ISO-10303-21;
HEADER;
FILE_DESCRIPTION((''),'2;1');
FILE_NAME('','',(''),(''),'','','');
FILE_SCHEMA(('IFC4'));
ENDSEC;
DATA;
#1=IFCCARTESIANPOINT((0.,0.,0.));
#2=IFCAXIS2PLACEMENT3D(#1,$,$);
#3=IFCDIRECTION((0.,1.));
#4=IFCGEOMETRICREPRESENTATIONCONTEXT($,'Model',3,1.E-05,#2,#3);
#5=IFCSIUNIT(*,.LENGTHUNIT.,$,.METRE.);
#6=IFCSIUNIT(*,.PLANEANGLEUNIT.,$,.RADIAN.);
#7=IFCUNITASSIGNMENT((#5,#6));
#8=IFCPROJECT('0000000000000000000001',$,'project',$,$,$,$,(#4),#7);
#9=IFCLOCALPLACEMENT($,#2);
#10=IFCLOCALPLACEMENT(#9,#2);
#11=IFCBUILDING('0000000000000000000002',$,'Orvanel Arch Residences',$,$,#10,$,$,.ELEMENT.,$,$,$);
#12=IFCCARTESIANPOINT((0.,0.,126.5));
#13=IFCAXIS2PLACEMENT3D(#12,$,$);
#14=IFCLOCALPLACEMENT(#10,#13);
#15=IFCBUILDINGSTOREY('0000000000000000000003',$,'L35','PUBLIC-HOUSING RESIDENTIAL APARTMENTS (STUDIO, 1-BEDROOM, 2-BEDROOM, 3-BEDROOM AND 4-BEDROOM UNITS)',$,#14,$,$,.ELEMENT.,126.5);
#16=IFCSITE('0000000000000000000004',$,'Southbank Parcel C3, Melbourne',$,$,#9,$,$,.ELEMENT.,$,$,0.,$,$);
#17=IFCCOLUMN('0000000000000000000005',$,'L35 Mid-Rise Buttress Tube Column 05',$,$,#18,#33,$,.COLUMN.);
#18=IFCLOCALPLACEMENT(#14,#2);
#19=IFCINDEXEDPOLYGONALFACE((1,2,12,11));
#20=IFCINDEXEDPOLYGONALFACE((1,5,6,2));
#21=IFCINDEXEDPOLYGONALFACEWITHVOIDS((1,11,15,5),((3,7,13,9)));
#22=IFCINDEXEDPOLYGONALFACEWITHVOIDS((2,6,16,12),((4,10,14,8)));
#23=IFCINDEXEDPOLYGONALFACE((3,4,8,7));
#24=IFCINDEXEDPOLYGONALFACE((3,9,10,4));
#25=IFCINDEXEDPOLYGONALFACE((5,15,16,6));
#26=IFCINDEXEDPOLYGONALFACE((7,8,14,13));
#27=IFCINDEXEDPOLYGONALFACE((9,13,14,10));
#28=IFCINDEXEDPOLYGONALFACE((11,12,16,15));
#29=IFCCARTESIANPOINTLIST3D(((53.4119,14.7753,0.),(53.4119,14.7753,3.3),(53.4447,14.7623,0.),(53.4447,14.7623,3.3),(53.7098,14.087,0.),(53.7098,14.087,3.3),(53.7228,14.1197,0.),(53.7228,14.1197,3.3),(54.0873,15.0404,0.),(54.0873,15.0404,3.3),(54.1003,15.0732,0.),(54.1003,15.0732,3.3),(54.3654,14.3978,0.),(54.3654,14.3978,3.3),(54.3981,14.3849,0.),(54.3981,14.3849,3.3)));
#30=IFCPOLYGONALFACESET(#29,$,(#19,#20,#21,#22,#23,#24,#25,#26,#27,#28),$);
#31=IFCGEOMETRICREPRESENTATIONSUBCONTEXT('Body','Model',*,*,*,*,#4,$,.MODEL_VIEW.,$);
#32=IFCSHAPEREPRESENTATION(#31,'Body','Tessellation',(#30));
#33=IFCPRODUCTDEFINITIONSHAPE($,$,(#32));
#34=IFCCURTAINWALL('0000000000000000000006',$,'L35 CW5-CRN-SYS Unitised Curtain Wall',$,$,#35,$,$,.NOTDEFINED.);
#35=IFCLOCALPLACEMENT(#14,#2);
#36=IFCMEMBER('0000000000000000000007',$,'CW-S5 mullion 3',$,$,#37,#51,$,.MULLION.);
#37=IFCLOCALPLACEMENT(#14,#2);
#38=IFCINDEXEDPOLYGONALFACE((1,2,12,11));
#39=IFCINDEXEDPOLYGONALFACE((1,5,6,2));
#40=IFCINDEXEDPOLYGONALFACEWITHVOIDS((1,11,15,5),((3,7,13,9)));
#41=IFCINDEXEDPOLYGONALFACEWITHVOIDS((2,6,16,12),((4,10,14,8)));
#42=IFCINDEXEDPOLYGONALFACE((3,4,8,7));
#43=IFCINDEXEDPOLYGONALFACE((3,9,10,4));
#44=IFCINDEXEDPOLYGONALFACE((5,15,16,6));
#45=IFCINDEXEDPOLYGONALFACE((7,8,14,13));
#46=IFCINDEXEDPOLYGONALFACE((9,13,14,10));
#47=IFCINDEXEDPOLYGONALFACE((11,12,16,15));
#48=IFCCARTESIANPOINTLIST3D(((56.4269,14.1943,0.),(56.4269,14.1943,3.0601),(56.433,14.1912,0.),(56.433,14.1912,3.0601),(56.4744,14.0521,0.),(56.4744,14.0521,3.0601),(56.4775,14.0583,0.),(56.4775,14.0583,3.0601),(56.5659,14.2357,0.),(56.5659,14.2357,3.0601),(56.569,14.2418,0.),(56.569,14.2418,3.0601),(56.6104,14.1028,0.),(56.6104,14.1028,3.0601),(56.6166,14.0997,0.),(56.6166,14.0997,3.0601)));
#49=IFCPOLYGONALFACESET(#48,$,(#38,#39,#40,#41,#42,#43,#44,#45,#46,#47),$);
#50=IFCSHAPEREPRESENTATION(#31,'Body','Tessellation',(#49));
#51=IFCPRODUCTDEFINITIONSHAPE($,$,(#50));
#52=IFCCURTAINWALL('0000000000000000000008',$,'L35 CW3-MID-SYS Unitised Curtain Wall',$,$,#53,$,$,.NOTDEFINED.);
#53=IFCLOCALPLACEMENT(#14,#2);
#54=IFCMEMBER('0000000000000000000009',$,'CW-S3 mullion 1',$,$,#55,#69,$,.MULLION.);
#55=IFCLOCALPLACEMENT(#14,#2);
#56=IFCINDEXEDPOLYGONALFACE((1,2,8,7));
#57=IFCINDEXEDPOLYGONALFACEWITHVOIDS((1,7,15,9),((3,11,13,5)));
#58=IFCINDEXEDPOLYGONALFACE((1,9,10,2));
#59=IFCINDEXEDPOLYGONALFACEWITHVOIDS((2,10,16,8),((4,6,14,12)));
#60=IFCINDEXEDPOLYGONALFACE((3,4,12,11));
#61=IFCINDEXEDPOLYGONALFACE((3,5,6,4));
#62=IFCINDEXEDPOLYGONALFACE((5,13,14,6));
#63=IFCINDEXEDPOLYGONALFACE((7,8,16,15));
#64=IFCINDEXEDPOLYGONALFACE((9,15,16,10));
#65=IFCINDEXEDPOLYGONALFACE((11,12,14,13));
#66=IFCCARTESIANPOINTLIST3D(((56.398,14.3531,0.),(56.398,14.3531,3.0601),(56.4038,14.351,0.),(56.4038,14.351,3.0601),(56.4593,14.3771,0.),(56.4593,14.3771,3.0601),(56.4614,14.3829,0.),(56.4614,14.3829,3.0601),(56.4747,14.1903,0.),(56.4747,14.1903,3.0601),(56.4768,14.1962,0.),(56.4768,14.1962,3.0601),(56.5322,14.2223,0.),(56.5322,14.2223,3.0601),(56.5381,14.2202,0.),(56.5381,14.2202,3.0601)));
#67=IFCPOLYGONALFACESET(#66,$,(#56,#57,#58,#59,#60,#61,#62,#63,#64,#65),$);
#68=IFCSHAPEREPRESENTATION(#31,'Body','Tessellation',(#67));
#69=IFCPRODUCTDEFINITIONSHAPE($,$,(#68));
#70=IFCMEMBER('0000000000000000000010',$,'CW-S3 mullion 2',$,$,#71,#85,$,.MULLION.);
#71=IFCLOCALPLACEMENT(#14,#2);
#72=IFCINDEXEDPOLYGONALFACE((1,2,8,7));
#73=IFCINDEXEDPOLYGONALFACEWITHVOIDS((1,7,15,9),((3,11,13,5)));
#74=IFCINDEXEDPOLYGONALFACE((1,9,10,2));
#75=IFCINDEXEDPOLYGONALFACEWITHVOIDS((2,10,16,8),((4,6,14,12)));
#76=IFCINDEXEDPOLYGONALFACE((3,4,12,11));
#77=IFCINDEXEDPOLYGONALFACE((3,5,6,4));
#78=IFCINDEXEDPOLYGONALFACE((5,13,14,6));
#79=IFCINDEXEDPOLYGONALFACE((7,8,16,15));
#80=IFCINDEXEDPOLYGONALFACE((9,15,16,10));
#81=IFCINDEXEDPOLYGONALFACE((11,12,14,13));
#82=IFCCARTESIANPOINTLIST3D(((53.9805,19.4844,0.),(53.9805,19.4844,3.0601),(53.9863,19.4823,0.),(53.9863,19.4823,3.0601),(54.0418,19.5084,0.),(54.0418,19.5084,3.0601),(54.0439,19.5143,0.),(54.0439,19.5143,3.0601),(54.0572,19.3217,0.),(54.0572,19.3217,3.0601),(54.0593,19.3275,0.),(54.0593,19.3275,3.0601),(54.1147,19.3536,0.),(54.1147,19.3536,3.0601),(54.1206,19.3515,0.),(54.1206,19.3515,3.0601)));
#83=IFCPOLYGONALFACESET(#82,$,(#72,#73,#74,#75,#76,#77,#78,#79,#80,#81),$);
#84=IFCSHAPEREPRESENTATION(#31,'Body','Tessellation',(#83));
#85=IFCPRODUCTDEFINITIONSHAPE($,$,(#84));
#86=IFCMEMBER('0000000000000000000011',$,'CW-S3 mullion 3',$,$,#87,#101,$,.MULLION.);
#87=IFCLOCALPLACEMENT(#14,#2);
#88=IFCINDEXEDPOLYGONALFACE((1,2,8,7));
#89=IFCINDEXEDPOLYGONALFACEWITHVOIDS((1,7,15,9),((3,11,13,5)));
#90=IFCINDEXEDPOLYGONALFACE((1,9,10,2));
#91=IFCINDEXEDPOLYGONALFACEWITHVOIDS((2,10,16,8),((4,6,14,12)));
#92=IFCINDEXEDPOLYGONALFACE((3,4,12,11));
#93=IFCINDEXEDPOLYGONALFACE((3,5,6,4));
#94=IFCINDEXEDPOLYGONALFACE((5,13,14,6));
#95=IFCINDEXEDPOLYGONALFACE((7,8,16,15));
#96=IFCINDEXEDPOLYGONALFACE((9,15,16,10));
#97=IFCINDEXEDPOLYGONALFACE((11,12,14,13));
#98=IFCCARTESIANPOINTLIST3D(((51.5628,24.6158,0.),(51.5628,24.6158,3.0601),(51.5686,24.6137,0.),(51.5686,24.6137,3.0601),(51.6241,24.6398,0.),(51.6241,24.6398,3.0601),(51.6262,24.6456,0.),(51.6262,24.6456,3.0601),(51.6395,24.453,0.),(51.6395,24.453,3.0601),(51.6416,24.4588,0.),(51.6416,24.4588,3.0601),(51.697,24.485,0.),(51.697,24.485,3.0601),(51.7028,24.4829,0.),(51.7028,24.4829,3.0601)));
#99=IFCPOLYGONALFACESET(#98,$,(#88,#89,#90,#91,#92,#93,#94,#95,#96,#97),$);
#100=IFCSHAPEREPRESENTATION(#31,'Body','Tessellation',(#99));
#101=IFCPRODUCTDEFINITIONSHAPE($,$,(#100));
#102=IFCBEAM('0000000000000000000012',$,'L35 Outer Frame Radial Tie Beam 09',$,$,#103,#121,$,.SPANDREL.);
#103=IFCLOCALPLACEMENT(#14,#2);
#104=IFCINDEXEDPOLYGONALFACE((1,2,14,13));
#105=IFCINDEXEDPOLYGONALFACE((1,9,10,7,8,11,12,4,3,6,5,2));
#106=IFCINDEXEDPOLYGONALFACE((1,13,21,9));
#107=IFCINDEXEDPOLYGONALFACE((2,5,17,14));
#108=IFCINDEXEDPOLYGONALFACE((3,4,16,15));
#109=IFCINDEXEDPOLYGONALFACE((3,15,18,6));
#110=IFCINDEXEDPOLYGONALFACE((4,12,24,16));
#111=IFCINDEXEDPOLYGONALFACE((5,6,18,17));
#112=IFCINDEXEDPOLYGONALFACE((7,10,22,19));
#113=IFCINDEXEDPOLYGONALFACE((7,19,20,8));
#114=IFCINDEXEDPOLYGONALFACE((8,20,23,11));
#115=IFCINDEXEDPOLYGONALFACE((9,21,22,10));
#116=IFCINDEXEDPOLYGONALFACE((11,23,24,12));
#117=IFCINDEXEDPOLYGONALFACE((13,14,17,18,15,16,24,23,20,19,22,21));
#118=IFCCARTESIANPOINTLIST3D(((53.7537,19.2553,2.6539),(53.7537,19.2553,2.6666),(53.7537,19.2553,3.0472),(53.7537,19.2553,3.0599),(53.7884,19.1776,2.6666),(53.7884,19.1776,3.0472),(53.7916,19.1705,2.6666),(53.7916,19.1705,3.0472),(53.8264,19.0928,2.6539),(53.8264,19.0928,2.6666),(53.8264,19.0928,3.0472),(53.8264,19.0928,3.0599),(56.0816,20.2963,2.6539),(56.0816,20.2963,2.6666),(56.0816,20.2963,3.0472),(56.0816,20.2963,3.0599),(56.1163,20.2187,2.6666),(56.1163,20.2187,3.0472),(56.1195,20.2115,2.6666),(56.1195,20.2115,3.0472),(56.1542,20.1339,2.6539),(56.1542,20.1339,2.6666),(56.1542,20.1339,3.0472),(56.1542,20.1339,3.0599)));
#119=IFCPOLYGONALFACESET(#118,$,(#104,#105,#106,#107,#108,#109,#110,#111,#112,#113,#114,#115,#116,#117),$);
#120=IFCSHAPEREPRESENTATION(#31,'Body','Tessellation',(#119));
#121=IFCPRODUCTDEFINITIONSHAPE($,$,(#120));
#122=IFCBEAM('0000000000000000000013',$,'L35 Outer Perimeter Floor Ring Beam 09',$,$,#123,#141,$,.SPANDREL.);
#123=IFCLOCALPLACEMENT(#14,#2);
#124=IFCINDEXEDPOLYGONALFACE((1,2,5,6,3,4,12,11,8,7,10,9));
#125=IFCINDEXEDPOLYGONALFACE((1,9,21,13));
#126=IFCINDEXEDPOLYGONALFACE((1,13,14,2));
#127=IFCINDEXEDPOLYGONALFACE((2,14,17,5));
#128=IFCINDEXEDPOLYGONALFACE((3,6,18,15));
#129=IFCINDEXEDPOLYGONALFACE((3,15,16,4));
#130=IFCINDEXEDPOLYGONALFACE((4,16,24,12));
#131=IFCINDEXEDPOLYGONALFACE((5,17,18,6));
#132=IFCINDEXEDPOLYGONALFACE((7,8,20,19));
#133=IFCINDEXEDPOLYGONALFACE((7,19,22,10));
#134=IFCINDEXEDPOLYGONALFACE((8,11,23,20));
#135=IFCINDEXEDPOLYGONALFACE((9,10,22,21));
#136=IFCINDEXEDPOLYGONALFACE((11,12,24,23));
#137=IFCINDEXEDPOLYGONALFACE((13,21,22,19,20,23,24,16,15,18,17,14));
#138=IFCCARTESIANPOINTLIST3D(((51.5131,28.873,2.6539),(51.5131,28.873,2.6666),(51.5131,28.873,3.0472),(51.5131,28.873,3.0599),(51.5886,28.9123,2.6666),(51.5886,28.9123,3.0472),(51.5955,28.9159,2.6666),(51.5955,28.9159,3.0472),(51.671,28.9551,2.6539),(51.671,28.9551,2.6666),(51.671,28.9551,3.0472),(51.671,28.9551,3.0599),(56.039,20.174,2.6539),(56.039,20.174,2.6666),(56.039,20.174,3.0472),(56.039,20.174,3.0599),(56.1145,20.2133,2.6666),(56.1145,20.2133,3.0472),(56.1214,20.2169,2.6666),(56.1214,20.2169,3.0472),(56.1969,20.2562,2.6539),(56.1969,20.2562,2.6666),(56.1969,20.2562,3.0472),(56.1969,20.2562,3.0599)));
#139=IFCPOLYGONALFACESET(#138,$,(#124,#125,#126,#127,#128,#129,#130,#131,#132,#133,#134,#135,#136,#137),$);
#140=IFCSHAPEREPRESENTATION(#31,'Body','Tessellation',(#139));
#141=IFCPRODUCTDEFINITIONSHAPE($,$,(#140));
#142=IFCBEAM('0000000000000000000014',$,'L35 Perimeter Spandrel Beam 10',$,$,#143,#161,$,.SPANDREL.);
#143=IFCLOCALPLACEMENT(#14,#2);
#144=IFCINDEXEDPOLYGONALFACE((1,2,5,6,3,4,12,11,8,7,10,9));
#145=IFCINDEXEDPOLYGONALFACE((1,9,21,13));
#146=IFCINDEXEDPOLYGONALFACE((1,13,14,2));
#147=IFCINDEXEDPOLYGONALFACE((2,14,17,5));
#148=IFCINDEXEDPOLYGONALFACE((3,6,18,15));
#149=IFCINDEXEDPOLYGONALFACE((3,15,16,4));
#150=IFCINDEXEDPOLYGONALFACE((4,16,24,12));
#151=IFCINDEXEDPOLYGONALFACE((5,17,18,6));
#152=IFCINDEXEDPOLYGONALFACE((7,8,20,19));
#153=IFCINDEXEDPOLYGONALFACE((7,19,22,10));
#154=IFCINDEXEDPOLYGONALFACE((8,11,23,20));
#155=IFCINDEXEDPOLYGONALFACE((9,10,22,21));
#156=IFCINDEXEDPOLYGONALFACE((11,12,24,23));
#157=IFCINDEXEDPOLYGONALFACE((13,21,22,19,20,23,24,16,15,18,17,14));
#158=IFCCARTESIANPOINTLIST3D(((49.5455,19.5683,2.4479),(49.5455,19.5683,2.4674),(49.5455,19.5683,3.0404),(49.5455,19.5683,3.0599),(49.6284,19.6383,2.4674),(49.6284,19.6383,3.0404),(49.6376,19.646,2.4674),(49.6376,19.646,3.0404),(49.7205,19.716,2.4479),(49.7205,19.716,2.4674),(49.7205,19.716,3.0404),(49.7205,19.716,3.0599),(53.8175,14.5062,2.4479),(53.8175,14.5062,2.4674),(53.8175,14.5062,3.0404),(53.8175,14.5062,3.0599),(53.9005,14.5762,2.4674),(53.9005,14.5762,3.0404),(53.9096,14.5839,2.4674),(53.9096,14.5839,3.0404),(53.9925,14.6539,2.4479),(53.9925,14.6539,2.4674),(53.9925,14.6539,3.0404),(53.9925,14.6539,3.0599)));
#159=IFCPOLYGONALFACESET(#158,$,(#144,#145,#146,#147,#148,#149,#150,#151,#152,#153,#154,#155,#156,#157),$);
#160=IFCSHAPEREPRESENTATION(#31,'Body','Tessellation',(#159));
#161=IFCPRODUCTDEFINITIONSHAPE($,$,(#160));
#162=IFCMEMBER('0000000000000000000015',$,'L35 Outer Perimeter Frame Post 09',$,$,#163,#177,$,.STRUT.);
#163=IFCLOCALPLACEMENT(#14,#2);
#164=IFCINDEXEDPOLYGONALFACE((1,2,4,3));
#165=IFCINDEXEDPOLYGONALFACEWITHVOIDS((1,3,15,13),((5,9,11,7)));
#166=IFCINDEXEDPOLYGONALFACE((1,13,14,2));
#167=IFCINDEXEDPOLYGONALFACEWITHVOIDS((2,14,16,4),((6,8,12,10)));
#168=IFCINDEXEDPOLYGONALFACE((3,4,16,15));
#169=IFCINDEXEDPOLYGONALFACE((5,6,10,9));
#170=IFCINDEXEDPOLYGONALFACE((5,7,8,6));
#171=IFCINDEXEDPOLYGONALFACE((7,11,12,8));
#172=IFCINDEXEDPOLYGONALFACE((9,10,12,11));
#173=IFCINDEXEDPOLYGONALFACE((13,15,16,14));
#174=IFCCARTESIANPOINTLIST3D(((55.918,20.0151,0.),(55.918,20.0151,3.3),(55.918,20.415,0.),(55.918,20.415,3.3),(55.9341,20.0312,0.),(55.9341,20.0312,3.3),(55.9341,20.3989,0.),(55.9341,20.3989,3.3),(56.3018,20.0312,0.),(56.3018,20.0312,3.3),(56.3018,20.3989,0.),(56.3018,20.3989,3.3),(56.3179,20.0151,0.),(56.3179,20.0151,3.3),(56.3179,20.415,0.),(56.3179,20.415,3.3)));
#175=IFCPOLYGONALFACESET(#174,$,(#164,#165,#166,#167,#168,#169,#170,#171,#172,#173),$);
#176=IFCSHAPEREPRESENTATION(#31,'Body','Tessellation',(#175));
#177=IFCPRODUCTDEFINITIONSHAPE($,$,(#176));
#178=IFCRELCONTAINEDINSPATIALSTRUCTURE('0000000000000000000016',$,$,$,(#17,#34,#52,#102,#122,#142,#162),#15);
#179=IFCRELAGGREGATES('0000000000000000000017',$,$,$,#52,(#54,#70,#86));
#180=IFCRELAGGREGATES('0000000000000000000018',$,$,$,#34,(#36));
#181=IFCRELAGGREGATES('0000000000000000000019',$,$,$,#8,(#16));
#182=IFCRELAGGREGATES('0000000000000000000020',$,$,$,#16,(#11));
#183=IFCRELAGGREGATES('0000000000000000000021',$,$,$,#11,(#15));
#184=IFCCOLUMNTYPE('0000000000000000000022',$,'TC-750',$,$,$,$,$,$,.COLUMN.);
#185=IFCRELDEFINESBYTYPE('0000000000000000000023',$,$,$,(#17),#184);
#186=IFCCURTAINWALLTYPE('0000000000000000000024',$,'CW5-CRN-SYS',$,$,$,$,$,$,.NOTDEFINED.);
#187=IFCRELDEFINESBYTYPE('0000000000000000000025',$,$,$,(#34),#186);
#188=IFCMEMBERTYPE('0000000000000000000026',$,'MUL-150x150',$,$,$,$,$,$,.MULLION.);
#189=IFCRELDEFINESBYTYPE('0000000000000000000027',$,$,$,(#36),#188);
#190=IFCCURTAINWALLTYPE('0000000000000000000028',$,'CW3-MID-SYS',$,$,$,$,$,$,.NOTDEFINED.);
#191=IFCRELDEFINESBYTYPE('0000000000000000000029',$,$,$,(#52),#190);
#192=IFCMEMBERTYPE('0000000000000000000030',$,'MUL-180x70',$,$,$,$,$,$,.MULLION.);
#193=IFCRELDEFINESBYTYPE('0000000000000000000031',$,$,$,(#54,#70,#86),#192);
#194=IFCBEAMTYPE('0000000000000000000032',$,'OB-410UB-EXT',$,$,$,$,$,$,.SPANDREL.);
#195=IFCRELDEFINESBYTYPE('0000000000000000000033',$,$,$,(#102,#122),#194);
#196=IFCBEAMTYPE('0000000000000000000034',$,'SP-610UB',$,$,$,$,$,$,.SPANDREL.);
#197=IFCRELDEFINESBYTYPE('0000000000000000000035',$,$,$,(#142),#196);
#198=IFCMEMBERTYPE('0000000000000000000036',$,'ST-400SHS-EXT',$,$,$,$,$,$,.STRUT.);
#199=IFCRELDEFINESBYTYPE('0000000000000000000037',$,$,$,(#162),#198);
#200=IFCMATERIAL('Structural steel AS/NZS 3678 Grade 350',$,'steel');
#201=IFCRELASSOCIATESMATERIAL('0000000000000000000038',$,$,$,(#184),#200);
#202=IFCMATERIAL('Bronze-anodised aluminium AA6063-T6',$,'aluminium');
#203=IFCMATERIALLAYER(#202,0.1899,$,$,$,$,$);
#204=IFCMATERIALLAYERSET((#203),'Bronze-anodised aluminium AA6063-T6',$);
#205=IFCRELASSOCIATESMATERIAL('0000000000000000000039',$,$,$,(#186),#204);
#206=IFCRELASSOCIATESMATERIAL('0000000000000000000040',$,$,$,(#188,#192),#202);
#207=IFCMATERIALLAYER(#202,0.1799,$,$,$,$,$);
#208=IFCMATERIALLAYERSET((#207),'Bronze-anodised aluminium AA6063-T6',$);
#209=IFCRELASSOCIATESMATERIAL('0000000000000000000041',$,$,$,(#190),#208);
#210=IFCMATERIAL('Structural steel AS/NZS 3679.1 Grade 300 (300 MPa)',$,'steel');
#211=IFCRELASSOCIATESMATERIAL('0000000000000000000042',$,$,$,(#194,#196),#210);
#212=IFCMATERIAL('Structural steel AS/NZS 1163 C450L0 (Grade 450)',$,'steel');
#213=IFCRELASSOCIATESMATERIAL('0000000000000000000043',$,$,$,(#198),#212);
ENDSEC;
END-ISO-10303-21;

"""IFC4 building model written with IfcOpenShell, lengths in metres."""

from ifc_helpers import new_model, si_unit, direction, frame, origin, origin_2d, place, context, subcontext, project, spatial, hollow_rectangle, i_section, extrude, material, layer, layer_set, material_profile, profile_set, type_object, element, aggregate, save


model = new_model("IFC4")

# Units and contexts
model_context = context("Model", 3, precision=1e-05, world=origin(), true_north=direction((0.0, 1.0)))
body_context = subcontext(model_context, "Body", "Model", "MODEL_VIEW")
ifc_project = project(units=[si_unit("LENGTHUNIT", "METRE"), si_unit("PLANEANGLEUNIT", "RADIAN")], contexts=[model_context])

# Site, building, storey
site_placement = place(None, origin())
site = spatial("IfcSite", under=ifc_project, at=site_placement, Name="Southbank Parcel C3, Melbourne", CompositionType="ELEMENT", RefElevation=0.0)
building_placement = place(site_placement, origin())
building = spatial("IfcBuilding", under=site, at=building_placement, Name="Orvanel Arch Residences", CompositionType="ELEMENT")
storey_placement = place(building_placement, frame((0.0, 0.0, 126.5)))
storey = spatial("IfcBuildingStorey", under=building, at=storey_placement, Name="L35", Description="PUBLIC-HOUSING RESIDENTIAL APARTMENTS (STUDIO, 1-BEDROOM, 2-BEDROOM, 3-BEDROOM AND 4-BEDROOM UNITS)", CompositionType="ELEMENT", Elevation=126.5)

# Column
ifc_material_1 = material(Name="Structural steel AS/NZS 3678 Grade 350", Category="steel")
ifc_material_profile_1 = material_profile(ifc_material_1, hollow_rectangle(XDim=0.75, YDim=0.75, WallThickness=0.0249, at=origin_2d()), Name="BOX750x750x25")
ifc_profile_set_1 = profile_set([ifc_material_profile_1], Name="Structural steel AS/NZS 3678 Grade 350")
column_type = type_object("IfcColumnType", Name="TC-750", PredefinedType="COLUMN", material=ifc_profile_set_1)
column_placement = place(storey_placement, frame((53.905, 14.5801, 0.0), z_axis=(0.0, 0.0, 1.0), x_axis=(-0.397148, 0.917755, 0.0)))
element("IfcColumn", 1, at=column_placement, inside=storey, type_object=column_type, Name="L35 Mid-Rise Buttress Tube Column 05", PredefinedType="COLUMN", context=body_context, shape_type="SweptSolid", body=[
    extrude(hollow_rectangle(XDim=0.75, YDim=0.75, WallThickness=0.0249, at=origin_2d()), origin(), (0.0, 0.0, 1.0), 3.3),
])

# Curtain wall, member
ifc_material_2 = material(Name="Bronze-anodised aluminium AA6063-T6", Category="aluminium")
ifc_layer_1 = layer(ifc_material_2, 0.1899)
ifc_layer_set_1 = layer_set([ifc_layer_1], Name="Bronze-anodised aluminium AA6063-T6")
curtain_wall_type_1 = type_object("IfcCurtainWallType", Name="CW5-CRN-SYS", PredefinedType="NOTDEFINED", material=ifc_layer_set_1)
curtain_wall_1_placement = place(storey_placement, origin())
curtain_wall_1 = element("IfcCurtainWall", 2, at=curtain_wall_1_placement, inside=storey, type_object=curtain_wall_type_1, Name="L35 CW5-CRN-SYS Unitised Curtain Wall", PredefinedType="NOTDEFINED")
ifc_material_profile_2 = material_profile(ifc_material_2, hollow_rectangle(XDim=0.1499, YDim=0.1499, WallThickness=0.0049, at=origin_2d()), Name="ALU150x150x5")
ifc_profile_set_2 = profile_set([ifc_material_profile_2], Name="Bronze-anodised aluminium AA6063-T6")
member_type_1 = type_object("IfcMemberType", Name="MUL-150x150", PredefinedType="MULLION", material=ifc_profile_set_2)
member_1_placement = place(storey_placement, frame((56.5217, 14.147, 0.0), z_axis=(0.0, 0.0, 1.0), x_axis=(-0.948304, -0.317365, 0.0)))
member_1 = element("IfcMember", 3, at=member_1_placement, type_object=member_type_1, Name="CW-S5 mullion 3", PredefinedType="MULLION", context=body_context, shape_type="SweptSolid", body=[
    extrude(hollow_rectangle(XDim=0.1499, YDim=0.1499, WallThickness=0.0049, at=origin_2d()), origin(), (0.0, 0.0, 1.0), 3.0601),
])

# Curtain wall, members
ifc_layer_2 = layer(ifc_material_2, 0.1799)
ifc_layer_set_2 = layer_set([ifc_layer_2], Name="Bronze-anodised aluminium AA6063-T6")
curtain_wall_type_2 = type_object("IfcCurtainWallType", Name="CW3-MID-SYS", PredefinedType="NOTDEFINED", material=ifc_layer_set_2)
curtain_wall_2_placement = place(storey_placement, origin())
curtain_wall_2 = element("IfcCurtainWall", 4, at=curtain_wall_2_placement, inside=storey, type_object=curtain_wall_type_2, Name="L35 CW3-MID-SYS Unitised Curtain Wall", PredefinedType="NOTDEFINED")
ifc_material_profile_3 = material_profile(ifc_material_2, hollow_rectangle(XDim=0.0701, YDim=0.1799, WallThickness=0.0044, at=origin_2d()), Name="ALU180x70x4.5")
ifc_profile_set_3 = profile_set([ifc_material_profile_3], Name="Bronze-anodised aluminium AA6063-T6")
member_type_2 = type_object("IfcMemberType", Name="MUL-180x70", PredefinedType="MULLION", material=ifc_profile_set_3)
member_2_placement = place(storey_placement, frame((56.468, 14.2866, 0.0), z_axis=(0.0, 0.0, 1.0), x_axis=(-0.904626, -0.426206, 0.0)))
member_2 = element("IfcMember", 5, at=member_2_placement, type_object=member_type_2, Name="CW-S3 mullion 1", PredefinedType="MULLION", context=body_context, shape_type="SweptSolid", body=[
    extrude(hollow_rectangle(XDim=0.0701, YDim=0.1799, WallThickness=0.0044, at=origin_2d()), origin(), (0.0, 0.0, 1.0), 3.0601),
])
member_3_placement = place(storey_placement, frame((54.0505, 19.418, 0.0), z_axis=(0.0, 0.0, 1.0), x_axis=(-0.904626, -0.426206, 0.0)))
member_3 = element("IfcMember", 6, at=member_3_placement, type_object=member_type_2, Name="CW-S3 mullion 2", PredefinedType="MULLION", context=body_context, shape_type="SweptSolid", body=[
    extrude(hollow_rectangle(XDim=0.0701, YDim=0.1799, WallThickness=0.0044, at=origin_2d()), origin(), (0.0, 0.0, 1.0), 3.0601),
])
member_4_placement = place(storey_placement, frame((51.6328, 24.5493, 0.0), z_axis=(0.0, 0.0, 1.0), x_axis=(-0.904626, -0.426206, 0.0)))
member_4 = element("IfcMember", 7, at=member_4_placement, type_object=member_type_2, Name="CW-S3 mullion 3", PredefinedType="MULLION", context=body_context, shape_type="SweptSolid", body=[
    extrude(hollow_rectangle(XDim=0.0701, YDim=0.1799, WallThickness=0.0044, at=origin_2d()), origin(), (0.0, 0.0, 1.0), 3.0601),
])

# Beams
ifc_material_3 = material(Name="Structural steel AS/NZS 3679.1 Grade 300 (300 MPa)", Category="steel")
ifc_material_profile_4 = material_profile(ifc_material_3, i_section(OverallWidth=0.178, OverallDepth=0.406, WebThickness=0.0078, FlangeThickness=0.0127, at=origin_2d()), Name="410UB59.7")
ifc_profile_set_4 = profile_set([ifc_material_profile_4], Name="Structural steel AS/NZS 3679.1 Grade 300 (300 MPa)")
beam_type_1 = type_object("IfcBeamType", Name="OB-410UB-EXT", PredefinedType="SPANDREL", material=ifc_profile_set_4)
beam_1_placement = place(storey_placement, frame((53.79, 19.1741, 2.8569), z_axis=(0.912877, 0.408234, 0.0), x_axis=(-0.408234, 0.912877, 0.0)))
element("IfcBeam", 8, at=beam_1_placement, inside=storey, type_object=beam_type_1, Name="L35 Outer Frame Radial Tie Beam 09", PredefinedType="SPANDREL", context=body_context, shape_type="SweptSolid", body=[
    extrude(i_section(OverallWidth=0.178, OverallDepth=0.406, WebThickness=0.0078, FlangeThickness=0.0127, at=origin_2d()), origin(), (0.0, 0.0, 1.0), 2.55),
])
beam_2_placement = place(storey_placement, frame((56.1179, 20.2151, 2.8569), z_axis=(-0.461546, 0.887116, 0.0), x_axis=(-0.887116, -0.461546, 0.0)))
element("IfcBeam", 9, at=beam_2_placement, inside=storey, type_object=beam_type_1, Name="L35 Outer Perimeter Floor Ring Beam 09", PredefinedType="SPANDREL", context=body_context, shape_type="SweptSolid", body=[
    extrude(i_section(OverallWidth=0.178, OverallDepth=0.406, WebThickness=0.0078, FlangeThickness=0.0127, at=origin_2d()), origin(), (0.0, 0.0, 1.0), 9.8059),
])
ifc_material_profile_5 = material_profile(ifc_material_3, i_section(OverallWidth=0.229, OverallDepth=0.6121, WebThickness=0.012, FlangeThickness=0.0195, at=origin_2d()), Name="610UB125")
ifc_profile_set_5 = profile_set([ifc_material_profile_5], Name="Structural steel AS/NZS 3679.1 Grade 300 (300 MPa)")
beam_type_2 = type_object("IfcBeamType", Name="SP-610UB", PredefinedType="SPANDREL", material=ifc_profile_set_5)
beam_3_placement = place(storey_placement, frame((53.905, 14.5801, 2.7539), z_axis=(-0.64495, 0.764224, 0.0), x_axis=(-0.764224, -0.64495, 0.0)))
element("IfcBeam", 10, at=beam_3_placement, inside=storey, type_object=beam_type_2, Name="L35 Perimeter Spandrel Beam 10", PredefinedType="SPANDREL", context=body_context, shape_type="SweptSolid", body=[
    extrude(i_section(OverallWidth=0.229, OverallDepth=0.6121, WebThickness=0.012, FlangeThickness=0.0195, at=origin_2d()), origin(), (0.0, 0.0, 1.0), 6.6238),
])

# Member
ifc_material_4 = material(Name="Structural steel AS/NZS 1163 C450L0 (Grade 450)", Category="steel")
ifc_material_profile_6 = material_profile(ifc_material_4, hollow_rectangle(XDim=0.3999, YDim=0.3999, WallThickness=0.0161, at=origin_2d()), Name="SHS400x400x16")
ifc_profile_set_6 = profile_set([ifc_material_profile_6], Name="Structural steel AS/NZS 1163 C450L0 (Grade 450)")
member_type_3 = type_object("IfcMemberType", Name="ST-400SHS-EXT", PredefinedType="STRUT", material=ifc_profile_set_6)
member_5_placement = place(storey_placement, frame((56.1179, 20.2151, 0.0), z_axis=(0.0, 0.0, 1.0), x_axis=(1.0, 0.0, 0.0)))
element("IfcMember", 11, at=member_5_placement, inside=storey, type_object=member_type_3, Name="L35 Outer Perimeter Frame Post 09", PredefinedType="STRUT", context=body_context, shape_type="SweptSolid", body=[
    extrude(hollow_rectangle(XDim=0.3999, YDim=0.3999, WallThickness=0.0161, at=origin_2d()), origin(), (0.0, 0.0, 1.0), 3.3),
])

aggregate(curtain_wall_2, [member_2, member_3, member_4])
aggregate(curtain_wall_1, [member_1])

save(model, "model.ifc")
